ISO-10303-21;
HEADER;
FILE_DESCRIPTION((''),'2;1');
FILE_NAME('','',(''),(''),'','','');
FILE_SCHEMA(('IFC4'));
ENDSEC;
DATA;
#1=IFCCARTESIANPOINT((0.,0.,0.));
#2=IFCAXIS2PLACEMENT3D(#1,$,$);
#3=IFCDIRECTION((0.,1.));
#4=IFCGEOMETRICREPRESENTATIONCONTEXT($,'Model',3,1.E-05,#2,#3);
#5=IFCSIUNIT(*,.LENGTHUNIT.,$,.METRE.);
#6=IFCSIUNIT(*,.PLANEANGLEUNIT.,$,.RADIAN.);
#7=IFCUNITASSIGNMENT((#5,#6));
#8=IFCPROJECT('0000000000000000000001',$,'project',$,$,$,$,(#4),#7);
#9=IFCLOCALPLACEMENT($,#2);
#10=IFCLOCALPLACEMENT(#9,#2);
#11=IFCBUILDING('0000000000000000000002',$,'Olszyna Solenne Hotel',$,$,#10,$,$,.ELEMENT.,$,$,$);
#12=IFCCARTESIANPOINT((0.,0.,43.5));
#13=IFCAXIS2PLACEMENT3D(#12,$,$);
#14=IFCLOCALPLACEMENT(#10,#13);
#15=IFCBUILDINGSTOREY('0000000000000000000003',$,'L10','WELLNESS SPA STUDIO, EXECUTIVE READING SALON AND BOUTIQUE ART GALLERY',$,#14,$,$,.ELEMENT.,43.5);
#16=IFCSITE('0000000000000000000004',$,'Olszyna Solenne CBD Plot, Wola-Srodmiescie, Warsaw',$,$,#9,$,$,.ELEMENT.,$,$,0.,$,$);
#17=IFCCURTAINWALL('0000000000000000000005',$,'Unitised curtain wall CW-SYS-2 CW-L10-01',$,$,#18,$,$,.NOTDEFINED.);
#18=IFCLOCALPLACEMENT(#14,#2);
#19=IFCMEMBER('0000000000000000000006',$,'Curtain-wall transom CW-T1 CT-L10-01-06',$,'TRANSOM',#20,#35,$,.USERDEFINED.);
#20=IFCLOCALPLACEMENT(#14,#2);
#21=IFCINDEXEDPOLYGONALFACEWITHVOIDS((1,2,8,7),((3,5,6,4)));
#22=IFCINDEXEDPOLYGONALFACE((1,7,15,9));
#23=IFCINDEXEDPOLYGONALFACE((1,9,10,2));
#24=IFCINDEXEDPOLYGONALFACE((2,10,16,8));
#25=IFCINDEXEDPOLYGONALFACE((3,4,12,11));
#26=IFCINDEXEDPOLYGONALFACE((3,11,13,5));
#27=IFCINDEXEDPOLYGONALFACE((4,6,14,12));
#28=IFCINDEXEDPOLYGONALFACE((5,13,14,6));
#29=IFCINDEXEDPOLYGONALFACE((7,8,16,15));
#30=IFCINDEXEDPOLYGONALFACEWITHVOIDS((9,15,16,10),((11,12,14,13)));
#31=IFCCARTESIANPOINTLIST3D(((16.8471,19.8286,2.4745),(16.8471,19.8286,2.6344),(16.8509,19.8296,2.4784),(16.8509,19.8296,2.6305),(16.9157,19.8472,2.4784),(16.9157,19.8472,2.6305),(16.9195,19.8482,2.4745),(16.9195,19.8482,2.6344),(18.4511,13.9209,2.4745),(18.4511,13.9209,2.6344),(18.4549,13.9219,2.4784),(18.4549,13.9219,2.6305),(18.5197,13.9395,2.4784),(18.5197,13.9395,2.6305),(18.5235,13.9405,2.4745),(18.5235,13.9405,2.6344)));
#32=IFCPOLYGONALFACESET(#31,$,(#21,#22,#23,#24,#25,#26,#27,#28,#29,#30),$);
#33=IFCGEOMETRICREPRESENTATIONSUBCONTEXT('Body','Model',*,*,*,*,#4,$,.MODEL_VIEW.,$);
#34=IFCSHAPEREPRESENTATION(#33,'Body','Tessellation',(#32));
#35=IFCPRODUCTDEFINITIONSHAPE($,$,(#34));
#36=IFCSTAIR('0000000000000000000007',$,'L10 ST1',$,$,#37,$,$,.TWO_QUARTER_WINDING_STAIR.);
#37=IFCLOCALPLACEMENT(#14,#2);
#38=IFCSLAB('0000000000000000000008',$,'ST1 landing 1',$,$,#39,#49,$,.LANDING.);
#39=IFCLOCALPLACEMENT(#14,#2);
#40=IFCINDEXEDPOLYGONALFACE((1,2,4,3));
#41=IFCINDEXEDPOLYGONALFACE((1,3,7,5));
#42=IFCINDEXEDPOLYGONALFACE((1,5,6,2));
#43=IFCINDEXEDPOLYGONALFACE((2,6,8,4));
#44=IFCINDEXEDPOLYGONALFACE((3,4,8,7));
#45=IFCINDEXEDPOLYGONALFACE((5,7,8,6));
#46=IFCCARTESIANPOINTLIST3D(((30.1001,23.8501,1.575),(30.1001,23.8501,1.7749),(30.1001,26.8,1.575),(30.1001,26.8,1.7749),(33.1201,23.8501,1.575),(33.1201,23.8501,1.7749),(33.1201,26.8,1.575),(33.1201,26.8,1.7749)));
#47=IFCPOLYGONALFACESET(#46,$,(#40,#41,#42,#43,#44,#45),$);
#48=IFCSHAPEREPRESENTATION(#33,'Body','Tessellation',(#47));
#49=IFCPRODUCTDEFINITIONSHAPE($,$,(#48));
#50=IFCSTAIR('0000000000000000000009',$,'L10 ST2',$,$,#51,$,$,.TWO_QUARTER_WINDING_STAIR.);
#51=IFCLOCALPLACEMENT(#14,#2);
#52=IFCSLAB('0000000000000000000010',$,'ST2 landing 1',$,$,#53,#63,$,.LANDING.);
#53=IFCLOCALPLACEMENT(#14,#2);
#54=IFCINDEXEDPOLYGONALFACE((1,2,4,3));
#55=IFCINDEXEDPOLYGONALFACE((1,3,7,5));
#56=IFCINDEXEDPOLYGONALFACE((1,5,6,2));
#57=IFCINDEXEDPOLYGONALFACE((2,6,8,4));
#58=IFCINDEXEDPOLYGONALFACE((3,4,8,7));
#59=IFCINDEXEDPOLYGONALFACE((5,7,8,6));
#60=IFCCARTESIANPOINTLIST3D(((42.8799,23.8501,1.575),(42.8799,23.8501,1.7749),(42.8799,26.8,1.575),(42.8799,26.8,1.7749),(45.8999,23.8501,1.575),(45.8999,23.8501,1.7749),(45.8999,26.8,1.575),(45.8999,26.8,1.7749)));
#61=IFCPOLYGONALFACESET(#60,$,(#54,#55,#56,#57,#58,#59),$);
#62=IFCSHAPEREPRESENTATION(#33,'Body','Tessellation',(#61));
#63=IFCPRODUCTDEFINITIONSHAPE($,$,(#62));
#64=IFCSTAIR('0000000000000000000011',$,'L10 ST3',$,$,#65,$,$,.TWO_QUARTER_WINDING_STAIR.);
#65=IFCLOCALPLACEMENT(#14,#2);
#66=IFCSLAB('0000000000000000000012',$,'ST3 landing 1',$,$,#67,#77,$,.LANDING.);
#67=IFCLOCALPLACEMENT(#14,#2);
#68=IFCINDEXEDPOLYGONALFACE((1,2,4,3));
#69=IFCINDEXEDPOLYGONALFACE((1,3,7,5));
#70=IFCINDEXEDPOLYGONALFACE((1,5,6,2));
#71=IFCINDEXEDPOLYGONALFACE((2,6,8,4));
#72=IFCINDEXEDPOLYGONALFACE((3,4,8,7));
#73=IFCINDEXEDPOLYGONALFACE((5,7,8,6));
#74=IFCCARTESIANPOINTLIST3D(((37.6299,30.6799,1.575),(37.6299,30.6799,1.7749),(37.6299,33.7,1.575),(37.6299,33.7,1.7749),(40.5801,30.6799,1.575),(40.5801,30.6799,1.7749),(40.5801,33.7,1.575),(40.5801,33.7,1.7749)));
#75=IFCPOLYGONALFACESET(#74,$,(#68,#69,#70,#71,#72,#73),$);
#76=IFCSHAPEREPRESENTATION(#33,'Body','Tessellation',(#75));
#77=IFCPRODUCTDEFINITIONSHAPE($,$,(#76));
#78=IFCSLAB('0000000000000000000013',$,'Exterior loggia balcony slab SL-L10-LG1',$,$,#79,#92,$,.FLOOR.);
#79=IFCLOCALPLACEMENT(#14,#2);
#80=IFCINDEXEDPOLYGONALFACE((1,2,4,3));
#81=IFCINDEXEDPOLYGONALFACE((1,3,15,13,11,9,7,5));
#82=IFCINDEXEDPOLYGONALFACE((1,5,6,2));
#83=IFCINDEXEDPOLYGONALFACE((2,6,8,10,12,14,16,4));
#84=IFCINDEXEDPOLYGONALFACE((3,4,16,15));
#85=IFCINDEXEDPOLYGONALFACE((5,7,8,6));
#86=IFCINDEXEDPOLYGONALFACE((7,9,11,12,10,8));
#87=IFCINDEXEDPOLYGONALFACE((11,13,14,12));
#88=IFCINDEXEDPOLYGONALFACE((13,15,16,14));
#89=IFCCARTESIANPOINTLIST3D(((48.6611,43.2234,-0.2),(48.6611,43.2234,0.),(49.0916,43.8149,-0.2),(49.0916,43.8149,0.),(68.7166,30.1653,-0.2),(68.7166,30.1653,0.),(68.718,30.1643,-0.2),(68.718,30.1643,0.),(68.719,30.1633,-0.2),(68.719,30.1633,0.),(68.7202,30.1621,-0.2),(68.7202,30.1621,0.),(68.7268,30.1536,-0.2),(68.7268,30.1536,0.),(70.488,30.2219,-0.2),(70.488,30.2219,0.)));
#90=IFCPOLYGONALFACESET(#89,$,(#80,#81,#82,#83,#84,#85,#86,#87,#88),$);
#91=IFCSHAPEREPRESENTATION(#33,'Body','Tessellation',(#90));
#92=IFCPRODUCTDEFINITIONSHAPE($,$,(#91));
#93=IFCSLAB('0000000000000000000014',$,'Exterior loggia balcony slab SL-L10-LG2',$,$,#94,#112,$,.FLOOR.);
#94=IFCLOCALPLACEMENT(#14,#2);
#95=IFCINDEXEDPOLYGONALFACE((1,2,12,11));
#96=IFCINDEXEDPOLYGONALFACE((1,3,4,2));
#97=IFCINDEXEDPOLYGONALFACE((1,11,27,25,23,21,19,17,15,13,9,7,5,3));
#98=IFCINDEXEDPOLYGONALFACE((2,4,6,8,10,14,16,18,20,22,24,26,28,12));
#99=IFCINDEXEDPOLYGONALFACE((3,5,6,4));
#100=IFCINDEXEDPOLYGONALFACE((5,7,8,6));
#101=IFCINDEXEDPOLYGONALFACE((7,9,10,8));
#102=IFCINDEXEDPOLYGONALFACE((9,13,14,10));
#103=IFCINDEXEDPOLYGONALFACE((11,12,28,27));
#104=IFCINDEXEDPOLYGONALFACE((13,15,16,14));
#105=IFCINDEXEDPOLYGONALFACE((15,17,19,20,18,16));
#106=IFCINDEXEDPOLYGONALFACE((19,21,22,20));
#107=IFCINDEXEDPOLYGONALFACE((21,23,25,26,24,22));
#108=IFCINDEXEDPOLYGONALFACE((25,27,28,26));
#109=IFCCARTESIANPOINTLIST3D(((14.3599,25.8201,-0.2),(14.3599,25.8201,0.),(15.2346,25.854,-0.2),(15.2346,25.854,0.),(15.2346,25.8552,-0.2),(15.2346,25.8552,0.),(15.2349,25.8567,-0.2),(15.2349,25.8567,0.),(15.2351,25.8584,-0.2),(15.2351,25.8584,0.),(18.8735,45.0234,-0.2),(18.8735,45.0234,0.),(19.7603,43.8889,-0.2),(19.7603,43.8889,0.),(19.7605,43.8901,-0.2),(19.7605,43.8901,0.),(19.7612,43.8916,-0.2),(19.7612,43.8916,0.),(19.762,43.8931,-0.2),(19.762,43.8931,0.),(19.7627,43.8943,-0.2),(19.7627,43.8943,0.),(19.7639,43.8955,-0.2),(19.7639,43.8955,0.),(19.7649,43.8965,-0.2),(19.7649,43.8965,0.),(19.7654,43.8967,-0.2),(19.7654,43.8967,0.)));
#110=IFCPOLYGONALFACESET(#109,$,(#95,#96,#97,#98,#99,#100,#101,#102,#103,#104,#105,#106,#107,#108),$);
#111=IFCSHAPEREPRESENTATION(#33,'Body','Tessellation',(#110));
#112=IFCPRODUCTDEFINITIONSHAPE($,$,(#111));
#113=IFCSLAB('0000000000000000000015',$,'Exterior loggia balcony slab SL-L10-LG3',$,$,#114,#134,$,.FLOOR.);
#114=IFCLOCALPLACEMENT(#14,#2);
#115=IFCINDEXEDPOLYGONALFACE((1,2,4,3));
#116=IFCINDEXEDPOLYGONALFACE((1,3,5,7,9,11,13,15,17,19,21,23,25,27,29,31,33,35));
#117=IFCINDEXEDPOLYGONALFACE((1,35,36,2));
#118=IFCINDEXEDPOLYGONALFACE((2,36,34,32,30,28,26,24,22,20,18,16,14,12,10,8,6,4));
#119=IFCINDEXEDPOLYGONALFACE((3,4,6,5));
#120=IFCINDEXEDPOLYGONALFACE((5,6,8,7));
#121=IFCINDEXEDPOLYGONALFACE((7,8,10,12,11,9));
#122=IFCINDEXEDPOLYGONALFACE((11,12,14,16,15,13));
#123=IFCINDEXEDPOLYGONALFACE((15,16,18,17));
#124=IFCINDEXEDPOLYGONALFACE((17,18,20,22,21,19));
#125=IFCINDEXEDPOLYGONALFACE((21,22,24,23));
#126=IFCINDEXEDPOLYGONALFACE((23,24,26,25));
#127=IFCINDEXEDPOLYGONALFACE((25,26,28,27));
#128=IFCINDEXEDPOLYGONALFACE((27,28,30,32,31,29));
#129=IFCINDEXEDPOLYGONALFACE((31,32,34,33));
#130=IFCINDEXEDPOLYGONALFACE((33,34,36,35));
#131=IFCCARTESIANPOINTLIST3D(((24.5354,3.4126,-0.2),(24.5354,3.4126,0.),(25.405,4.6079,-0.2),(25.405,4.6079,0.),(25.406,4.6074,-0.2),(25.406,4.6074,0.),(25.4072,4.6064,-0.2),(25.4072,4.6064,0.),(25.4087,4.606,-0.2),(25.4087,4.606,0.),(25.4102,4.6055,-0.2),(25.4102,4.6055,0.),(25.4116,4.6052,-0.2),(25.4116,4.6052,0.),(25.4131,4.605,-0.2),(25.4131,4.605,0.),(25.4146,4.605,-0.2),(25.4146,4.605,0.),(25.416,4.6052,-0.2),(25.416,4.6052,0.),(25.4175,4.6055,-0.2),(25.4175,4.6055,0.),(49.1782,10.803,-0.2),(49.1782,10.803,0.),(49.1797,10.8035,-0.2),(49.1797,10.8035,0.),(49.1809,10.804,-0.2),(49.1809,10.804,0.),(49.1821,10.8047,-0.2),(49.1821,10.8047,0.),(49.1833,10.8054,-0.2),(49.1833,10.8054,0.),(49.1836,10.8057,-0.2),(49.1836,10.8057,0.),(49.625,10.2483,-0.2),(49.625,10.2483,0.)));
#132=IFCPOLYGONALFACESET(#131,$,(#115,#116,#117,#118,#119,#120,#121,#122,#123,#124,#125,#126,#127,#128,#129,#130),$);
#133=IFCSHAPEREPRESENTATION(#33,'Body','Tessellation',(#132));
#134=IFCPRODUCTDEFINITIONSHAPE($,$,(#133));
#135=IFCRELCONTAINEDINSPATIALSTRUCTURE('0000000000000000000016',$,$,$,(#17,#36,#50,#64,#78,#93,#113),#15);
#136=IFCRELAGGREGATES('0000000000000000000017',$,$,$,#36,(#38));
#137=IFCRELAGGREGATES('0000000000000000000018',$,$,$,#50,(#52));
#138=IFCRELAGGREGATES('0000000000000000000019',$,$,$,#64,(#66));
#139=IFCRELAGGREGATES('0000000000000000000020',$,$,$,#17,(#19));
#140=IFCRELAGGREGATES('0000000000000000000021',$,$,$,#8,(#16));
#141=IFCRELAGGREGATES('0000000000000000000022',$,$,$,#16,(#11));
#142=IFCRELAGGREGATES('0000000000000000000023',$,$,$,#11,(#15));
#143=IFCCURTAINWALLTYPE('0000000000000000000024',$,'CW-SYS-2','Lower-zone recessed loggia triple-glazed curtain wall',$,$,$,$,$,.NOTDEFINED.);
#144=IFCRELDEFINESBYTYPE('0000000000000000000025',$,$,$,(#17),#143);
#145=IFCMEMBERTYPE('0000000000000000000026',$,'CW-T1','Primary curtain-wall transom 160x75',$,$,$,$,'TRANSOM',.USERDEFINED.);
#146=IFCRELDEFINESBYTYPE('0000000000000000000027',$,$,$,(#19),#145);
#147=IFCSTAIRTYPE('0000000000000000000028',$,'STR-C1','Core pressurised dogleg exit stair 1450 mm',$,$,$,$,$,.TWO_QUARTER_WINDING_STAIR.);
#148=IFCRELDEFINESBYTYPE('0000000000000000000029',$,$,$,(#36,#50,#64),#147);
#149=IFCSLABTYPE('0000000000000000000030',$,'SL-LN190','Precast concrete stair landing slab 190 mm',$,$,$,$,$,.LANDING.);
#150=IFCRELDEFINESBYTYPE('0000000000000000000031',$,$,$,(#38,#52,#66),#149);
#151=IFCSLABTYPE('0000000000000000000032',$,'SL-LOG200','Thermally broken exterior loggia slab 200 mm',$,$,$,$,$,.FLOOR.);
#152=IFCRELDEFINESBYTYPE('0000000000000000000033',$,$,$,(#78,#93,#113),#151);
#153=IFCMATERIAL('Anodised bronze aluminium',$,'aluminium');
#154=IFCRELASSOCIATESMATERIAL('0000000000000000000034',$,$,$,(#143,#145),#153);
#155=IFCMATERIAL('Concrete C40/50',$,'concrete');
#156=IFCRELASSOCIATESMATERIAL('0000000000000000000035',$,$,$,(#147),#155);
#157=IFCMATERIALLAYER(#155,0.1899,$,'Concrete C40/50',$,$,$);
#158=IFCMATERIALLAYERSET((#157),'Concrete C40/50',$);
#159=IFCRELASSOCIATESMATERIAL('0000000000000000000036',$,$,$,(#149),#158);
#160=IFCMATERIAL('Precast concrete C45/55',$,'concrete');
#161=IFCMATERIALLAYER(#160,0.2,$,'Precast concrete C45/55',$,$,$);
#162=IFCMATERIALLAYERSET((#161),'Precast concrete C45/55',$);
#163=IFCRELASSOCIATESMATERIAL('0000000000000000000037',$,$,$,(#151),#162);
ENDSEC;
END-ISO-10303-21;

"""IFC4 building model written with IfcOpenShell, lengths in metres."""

from ifc_helpers import new_model, si_unit, direction, frame, origin, origin_2d, place, context, subcontext, project, spatial, polyline, hollow_rectangle, outline, extrude, source, transform, mapped, material, layer, layer_set, material_profile, profile_set, type_object, element, aggregate, save


model = new_model("IFC4")

# Units and contexts
model_context = context("Model", 3, precision=1e-05, world=origin(), true_north=direction((0.0, 1.0)))
body_context = subcontext(model_context, "Body", "Model", "MODEL_VIEW")
ifc_project = project(units=[si_unit("LENGTHUNIT", "METRE"), si_unit("PLANEANGLEUNIT", "RADIAN")], contexts=[model_context])

# Site, building, storey
site_placement = place(None, origin())
site = spatial("IfcSite", under=ifc_project, at=site_placement, Name="Olszyna Solenne CBD Plot, Wola-Srodmiescie, Warsaw", CompositionType="ELEMENT", RefElevation=0.0)
building_placement = place(site_placement, origin())
building = spatial("IfcBuilding", under=site, at=building_placement, Name="Olszyna Solenne Hotel", CompositionType="ELEMENT")
storey_placement = place(building_placement, frame((0.0, 0.0, 43.5)))
storey = spatial("IfcBuildingStorey", under=building, at=storey_placement, Name="L10", Description="WELLNESS SPA STUDIO, EXECUTIVE READING SALON AND BOUTIQUE ART GALLERY", CompositionType="ELEMENT", Elevation=43.5)

# Curtain wall, member
ifc_material_1 = material(Name="Anodised bronze aluminium", Category="aluminium")
curtain_wall_type = type_object("IfcCurtainWallType", Name="CW-SYS-2", Description="Lower-zone recessed loggia triple-glazed curtain wall", PredefinedType="NOTDEFINED", material=ifc_material_1)
curtain_wall_placement = place(storey_placement, origin())
curtain_wall = element("IfcCurtainWall", 1, at=curtain_wall_placement, inside=storey, type_object=curtain_wall_type, Name="Unitised curtain wall CW-SYS-2 CW-L10-01", PredefinedType="NOTDEFINED")
ifc_material_profile_1 = material_profile(ifc_material_1, hollow_rectangle(XDim=0.075, YDim=0.1599, WallThickness=0.0039, at=origin_2d()), Name="TRAN 160x75x4", Category="load-bearing")
ifc_profile_set_1 = profile_set([ifc_material_profile_1], Name="Anodised bronze aluminium")
member_type_1 = type_object("IfcMemberType", Name="CW-T1", Description="Primary curtain-wall transom 160x75", ElementType="TRANSOM", PredefinedType="USERDEFINED", material=ifc_profile_set_1)
shared_shape_1 = source(origin(), body_context, "Body", "SweptSolid", [
    extrude(hollow_rectangle(XDim=0.075, YDim=0.1599, WallThickness=0.0039, at=origin_2d()), origin(), (0.0, 0.0, 1.0), 6.1216),
])
member_1_placement = place(storey_placement, frame((16.8833, 19.8384, 2.5544), z_axis=(0.262024, -0.965061, 0.0), x_axis=(0.965061, 0.262024, 0.0)))
member_1 = element("IfcMember", 2, at=member_1_placement, type_object=member_type_1, Name="Curtain-wall transom CW-T1 CT-L10-01-06", ObjectType="TRANSOM", PredefinedType="USERDEFINED", context=body_context, shape_type="MappedRepresentation", body=[
    mapped(shared_shape_1, transform((0.0, 0.0, 0.0), x_axis=(1.0, 0.0, 0.0), y_axis=(0.0, 1.0, 0.0), z_axis=(0.0, 0.0, 1.0), scale=1.0)),
])

# Stairs, slabs
ifc_material_2 = material(Name="Concrete C40/50", Category="concrete")
stair_type = type_object("IfcStairType", Name="STR-C1", Description="Core pressurised dogleg exit stair 1450 mm", PredefinedType="TWO_QUARTER_WINDING_STAIR", material=ifc_material_2)
stair_1_placement = place(storey_placement, origin())
stair_1 = element("IfcStair", 3, at=stair_1_placement, inside=storey, type_object=stair_type, Name="L10 ST1", PredefinedType="TWO_QUARTER_WINDING_STAIR")
ifc_layer_1 = layer(ifc_material_2, 0.1899, Name="Concrete C40/50")
ifc_layer_set_1 = layer_set([ifc_layer_1], Name="Concrete C40/50")
slab_type_1 = type_object("IfcSlabType", Name="SL-LN190", Description="Precast concrete stair landing slab 190 mm", PredefinedType="LANDING", material=ifc_layer_set_1)
slab_1_placement = place(storey_placement, frame((0.0, 0.0, 1.575)))
slab_1 = element("IfcSlab", 4, at=slab_1_placement, type_object=slab_type_1, Name="ST1 landing 1", PredefinedType="LANDING", context=body_context, shape_type="SweptSolid", body=[
    extrude(outline(polyline([(33.1201, 23.8501), (33.1201, 26.8), (30.1001, 26.8), (30.1001, 23.8501), (33.1201, 23.8501)])), origin(), (0.0, 0.0, 1.0), 0.2),
])
aggregate(stair_1, [slab_1])
stair_2_placement = place(storey_placement, origin())
stair_2 = element("IfcStair", 5, at=stair_2_placement, inside=storey, type_object=stair_type, Name="L10 ST2", PredefinedType="TWO_QUARTER_WINDING_STAIR")
slab_2_placement = place(storey_placement, frame((0.0, 0.0, 1.575)))
slab_2 = element("IfcSlab", 6, at=slab_2_placement, type_object=slab_type_1, Name="ST2 landing 1", PredefinedType="LANDING", context=body_context, shape_type="SweptSolid", body=[
    extrude(outline(polyline([(45.8999, 23.8501), (45.8999, 26.8), (42.8799, 26.8), (42.8799, 23.8501), (45.8999, 23.8501)])), origin(), (0.0, 0.0, 1.0), 0.2),
])
aggregate(stair_2, [slab_2])
stair_3_placement = place(storey_placement, origin())
stair_3 = element("IfcStair", 7, at=stair_3_placement, inside=storey, type_object=stair_type, Name="L10 ST3", PredefinedType="TWO_QUARTER_WINDING_STAIR")
slab_3_placement = place(storey_placement, frame((0.0, 0.0, 1.575)))
slab_3 = element("IfcSlab", 8, at=slab_3_placement, type_object=slab_type_1, Name="ST3 landing 1", PredefinedType="LANDING", context=body_context, shape_type="SweptSolid", body=[
    extrude(outline(polyline([(37.6299, 30.6799), (40.5801, 30.6799), (40.5801, 33.7), (37.6299, 33.7), (37.6299, 30.6799)])), origin(), (0.0, 0.0, 1.0), 0.2),
])
aggregate(stair_3, [slab_3])

# Slabs
ifc_material_3 = material(Name="Precast concrete C45/55", Category="concrete")
ifc_layer_2 = layer(ifc_material_3, 0.2, Name="Precast concrete C45/55")
ifc_layer_set_2 = layer_set([ifc_layer_2], Name="Precast concrete C45/55")
slab_type_2 = type_object("IfcSlabType", Name="SL-LOG200", Description="Thermally broken exterior loggia slab 200 mm", PredefinedType="FLOOR", material=ifc_layer_set_2)
slab_4_placement = place(storey_placement, frame((0.0, 0.0, -0.2)))
element("IfcSlab", 9, at=slab_4_placement, inside=storey, type_object=slab_type_2, Name="Exterior loggia balcony slab SL-L10-LG1", PredefinedType="FLOOR", context=body_context, shape_type="SweptSolid", body=[
    extrude(outline(polyline([(48.6611, 43.2234), (68.7166, 30.1653), (68.718, 30.1643), (68.719, 30.1633), (68.7202, 30.1621), (68.7268, 30.1536), (70.488, 30.2219), (49.0916, 43.8149), (48.6611, 43.2234)])), origin(), (0.0, 0.0, 1.0), 0.2),
])
slab_5_placement = place(storey_placement, frame((0.0, 0.0, -0.2)))
element("IfcSlab", 10, at=slab_5_placement, inside=storey, type_object=slab_type_2, Name="Exterior loggia balcony slab SL-L10-LG2", PredefinedType="FLOOR", context=body_context, shape_type="SweptSolid", body=[
    extrude(outline(polyline([(15.2346, 25.854), (15.2346, 25.8552), (15.2349, 25.8567), (15.2351, 25.8584), (19.7603, 43.8889), (19.7605, 43.8901), (19.7612, 43.8916), (19.762, 43.8931), (19.7627, 43.8943), (19.7639, 43.8955), (19.7649, 43.8965), (19.7654, 43.8967), (18.8735, 45.0234), (14.3599, 25.8201), (15.2346, 25.854)])), origin(), (0.0, 0.0, 1.0), 0.2),
])
slab_6_placement = place(storey_placement, frame((0.0, 0.0, -0.2)))
element("IfcSlab", 11, at=slab_6_placement, inside=storey, type_object=slab_type_2, Name="Exterior loggia balcony slab SL-L10-LG3", PredefinedType="FLOOR", context=body_context, shape_type="SweptSolid", body=[
    extrude(outline(polyline([(49.1836, 10.8057), (49.1833, 10.8054), (49.1821, 10.8047), (49.1809, 10.804), (49.1797, 10.8035), (49.1782, 10.803), (25.4175, 4.6055), (25.416, 4.6052), (25.4146, 4.605), (25.4131, 4.605), (25.4116, 4.6052), (25.4102, 4.6055), (25.4087, 4.606), (25.4072, 4.6064), (25.406, 4.6074), (25.405, 4.6079), (24.5354, 3.4126), (49.625, 10.2483), (49.1836, 10.8057)])), origin(), (0.0, 0.0, 1.0), 0.2),
])

aggregate(curtain_wall, [member_1])

save(model, "model.ifc")
